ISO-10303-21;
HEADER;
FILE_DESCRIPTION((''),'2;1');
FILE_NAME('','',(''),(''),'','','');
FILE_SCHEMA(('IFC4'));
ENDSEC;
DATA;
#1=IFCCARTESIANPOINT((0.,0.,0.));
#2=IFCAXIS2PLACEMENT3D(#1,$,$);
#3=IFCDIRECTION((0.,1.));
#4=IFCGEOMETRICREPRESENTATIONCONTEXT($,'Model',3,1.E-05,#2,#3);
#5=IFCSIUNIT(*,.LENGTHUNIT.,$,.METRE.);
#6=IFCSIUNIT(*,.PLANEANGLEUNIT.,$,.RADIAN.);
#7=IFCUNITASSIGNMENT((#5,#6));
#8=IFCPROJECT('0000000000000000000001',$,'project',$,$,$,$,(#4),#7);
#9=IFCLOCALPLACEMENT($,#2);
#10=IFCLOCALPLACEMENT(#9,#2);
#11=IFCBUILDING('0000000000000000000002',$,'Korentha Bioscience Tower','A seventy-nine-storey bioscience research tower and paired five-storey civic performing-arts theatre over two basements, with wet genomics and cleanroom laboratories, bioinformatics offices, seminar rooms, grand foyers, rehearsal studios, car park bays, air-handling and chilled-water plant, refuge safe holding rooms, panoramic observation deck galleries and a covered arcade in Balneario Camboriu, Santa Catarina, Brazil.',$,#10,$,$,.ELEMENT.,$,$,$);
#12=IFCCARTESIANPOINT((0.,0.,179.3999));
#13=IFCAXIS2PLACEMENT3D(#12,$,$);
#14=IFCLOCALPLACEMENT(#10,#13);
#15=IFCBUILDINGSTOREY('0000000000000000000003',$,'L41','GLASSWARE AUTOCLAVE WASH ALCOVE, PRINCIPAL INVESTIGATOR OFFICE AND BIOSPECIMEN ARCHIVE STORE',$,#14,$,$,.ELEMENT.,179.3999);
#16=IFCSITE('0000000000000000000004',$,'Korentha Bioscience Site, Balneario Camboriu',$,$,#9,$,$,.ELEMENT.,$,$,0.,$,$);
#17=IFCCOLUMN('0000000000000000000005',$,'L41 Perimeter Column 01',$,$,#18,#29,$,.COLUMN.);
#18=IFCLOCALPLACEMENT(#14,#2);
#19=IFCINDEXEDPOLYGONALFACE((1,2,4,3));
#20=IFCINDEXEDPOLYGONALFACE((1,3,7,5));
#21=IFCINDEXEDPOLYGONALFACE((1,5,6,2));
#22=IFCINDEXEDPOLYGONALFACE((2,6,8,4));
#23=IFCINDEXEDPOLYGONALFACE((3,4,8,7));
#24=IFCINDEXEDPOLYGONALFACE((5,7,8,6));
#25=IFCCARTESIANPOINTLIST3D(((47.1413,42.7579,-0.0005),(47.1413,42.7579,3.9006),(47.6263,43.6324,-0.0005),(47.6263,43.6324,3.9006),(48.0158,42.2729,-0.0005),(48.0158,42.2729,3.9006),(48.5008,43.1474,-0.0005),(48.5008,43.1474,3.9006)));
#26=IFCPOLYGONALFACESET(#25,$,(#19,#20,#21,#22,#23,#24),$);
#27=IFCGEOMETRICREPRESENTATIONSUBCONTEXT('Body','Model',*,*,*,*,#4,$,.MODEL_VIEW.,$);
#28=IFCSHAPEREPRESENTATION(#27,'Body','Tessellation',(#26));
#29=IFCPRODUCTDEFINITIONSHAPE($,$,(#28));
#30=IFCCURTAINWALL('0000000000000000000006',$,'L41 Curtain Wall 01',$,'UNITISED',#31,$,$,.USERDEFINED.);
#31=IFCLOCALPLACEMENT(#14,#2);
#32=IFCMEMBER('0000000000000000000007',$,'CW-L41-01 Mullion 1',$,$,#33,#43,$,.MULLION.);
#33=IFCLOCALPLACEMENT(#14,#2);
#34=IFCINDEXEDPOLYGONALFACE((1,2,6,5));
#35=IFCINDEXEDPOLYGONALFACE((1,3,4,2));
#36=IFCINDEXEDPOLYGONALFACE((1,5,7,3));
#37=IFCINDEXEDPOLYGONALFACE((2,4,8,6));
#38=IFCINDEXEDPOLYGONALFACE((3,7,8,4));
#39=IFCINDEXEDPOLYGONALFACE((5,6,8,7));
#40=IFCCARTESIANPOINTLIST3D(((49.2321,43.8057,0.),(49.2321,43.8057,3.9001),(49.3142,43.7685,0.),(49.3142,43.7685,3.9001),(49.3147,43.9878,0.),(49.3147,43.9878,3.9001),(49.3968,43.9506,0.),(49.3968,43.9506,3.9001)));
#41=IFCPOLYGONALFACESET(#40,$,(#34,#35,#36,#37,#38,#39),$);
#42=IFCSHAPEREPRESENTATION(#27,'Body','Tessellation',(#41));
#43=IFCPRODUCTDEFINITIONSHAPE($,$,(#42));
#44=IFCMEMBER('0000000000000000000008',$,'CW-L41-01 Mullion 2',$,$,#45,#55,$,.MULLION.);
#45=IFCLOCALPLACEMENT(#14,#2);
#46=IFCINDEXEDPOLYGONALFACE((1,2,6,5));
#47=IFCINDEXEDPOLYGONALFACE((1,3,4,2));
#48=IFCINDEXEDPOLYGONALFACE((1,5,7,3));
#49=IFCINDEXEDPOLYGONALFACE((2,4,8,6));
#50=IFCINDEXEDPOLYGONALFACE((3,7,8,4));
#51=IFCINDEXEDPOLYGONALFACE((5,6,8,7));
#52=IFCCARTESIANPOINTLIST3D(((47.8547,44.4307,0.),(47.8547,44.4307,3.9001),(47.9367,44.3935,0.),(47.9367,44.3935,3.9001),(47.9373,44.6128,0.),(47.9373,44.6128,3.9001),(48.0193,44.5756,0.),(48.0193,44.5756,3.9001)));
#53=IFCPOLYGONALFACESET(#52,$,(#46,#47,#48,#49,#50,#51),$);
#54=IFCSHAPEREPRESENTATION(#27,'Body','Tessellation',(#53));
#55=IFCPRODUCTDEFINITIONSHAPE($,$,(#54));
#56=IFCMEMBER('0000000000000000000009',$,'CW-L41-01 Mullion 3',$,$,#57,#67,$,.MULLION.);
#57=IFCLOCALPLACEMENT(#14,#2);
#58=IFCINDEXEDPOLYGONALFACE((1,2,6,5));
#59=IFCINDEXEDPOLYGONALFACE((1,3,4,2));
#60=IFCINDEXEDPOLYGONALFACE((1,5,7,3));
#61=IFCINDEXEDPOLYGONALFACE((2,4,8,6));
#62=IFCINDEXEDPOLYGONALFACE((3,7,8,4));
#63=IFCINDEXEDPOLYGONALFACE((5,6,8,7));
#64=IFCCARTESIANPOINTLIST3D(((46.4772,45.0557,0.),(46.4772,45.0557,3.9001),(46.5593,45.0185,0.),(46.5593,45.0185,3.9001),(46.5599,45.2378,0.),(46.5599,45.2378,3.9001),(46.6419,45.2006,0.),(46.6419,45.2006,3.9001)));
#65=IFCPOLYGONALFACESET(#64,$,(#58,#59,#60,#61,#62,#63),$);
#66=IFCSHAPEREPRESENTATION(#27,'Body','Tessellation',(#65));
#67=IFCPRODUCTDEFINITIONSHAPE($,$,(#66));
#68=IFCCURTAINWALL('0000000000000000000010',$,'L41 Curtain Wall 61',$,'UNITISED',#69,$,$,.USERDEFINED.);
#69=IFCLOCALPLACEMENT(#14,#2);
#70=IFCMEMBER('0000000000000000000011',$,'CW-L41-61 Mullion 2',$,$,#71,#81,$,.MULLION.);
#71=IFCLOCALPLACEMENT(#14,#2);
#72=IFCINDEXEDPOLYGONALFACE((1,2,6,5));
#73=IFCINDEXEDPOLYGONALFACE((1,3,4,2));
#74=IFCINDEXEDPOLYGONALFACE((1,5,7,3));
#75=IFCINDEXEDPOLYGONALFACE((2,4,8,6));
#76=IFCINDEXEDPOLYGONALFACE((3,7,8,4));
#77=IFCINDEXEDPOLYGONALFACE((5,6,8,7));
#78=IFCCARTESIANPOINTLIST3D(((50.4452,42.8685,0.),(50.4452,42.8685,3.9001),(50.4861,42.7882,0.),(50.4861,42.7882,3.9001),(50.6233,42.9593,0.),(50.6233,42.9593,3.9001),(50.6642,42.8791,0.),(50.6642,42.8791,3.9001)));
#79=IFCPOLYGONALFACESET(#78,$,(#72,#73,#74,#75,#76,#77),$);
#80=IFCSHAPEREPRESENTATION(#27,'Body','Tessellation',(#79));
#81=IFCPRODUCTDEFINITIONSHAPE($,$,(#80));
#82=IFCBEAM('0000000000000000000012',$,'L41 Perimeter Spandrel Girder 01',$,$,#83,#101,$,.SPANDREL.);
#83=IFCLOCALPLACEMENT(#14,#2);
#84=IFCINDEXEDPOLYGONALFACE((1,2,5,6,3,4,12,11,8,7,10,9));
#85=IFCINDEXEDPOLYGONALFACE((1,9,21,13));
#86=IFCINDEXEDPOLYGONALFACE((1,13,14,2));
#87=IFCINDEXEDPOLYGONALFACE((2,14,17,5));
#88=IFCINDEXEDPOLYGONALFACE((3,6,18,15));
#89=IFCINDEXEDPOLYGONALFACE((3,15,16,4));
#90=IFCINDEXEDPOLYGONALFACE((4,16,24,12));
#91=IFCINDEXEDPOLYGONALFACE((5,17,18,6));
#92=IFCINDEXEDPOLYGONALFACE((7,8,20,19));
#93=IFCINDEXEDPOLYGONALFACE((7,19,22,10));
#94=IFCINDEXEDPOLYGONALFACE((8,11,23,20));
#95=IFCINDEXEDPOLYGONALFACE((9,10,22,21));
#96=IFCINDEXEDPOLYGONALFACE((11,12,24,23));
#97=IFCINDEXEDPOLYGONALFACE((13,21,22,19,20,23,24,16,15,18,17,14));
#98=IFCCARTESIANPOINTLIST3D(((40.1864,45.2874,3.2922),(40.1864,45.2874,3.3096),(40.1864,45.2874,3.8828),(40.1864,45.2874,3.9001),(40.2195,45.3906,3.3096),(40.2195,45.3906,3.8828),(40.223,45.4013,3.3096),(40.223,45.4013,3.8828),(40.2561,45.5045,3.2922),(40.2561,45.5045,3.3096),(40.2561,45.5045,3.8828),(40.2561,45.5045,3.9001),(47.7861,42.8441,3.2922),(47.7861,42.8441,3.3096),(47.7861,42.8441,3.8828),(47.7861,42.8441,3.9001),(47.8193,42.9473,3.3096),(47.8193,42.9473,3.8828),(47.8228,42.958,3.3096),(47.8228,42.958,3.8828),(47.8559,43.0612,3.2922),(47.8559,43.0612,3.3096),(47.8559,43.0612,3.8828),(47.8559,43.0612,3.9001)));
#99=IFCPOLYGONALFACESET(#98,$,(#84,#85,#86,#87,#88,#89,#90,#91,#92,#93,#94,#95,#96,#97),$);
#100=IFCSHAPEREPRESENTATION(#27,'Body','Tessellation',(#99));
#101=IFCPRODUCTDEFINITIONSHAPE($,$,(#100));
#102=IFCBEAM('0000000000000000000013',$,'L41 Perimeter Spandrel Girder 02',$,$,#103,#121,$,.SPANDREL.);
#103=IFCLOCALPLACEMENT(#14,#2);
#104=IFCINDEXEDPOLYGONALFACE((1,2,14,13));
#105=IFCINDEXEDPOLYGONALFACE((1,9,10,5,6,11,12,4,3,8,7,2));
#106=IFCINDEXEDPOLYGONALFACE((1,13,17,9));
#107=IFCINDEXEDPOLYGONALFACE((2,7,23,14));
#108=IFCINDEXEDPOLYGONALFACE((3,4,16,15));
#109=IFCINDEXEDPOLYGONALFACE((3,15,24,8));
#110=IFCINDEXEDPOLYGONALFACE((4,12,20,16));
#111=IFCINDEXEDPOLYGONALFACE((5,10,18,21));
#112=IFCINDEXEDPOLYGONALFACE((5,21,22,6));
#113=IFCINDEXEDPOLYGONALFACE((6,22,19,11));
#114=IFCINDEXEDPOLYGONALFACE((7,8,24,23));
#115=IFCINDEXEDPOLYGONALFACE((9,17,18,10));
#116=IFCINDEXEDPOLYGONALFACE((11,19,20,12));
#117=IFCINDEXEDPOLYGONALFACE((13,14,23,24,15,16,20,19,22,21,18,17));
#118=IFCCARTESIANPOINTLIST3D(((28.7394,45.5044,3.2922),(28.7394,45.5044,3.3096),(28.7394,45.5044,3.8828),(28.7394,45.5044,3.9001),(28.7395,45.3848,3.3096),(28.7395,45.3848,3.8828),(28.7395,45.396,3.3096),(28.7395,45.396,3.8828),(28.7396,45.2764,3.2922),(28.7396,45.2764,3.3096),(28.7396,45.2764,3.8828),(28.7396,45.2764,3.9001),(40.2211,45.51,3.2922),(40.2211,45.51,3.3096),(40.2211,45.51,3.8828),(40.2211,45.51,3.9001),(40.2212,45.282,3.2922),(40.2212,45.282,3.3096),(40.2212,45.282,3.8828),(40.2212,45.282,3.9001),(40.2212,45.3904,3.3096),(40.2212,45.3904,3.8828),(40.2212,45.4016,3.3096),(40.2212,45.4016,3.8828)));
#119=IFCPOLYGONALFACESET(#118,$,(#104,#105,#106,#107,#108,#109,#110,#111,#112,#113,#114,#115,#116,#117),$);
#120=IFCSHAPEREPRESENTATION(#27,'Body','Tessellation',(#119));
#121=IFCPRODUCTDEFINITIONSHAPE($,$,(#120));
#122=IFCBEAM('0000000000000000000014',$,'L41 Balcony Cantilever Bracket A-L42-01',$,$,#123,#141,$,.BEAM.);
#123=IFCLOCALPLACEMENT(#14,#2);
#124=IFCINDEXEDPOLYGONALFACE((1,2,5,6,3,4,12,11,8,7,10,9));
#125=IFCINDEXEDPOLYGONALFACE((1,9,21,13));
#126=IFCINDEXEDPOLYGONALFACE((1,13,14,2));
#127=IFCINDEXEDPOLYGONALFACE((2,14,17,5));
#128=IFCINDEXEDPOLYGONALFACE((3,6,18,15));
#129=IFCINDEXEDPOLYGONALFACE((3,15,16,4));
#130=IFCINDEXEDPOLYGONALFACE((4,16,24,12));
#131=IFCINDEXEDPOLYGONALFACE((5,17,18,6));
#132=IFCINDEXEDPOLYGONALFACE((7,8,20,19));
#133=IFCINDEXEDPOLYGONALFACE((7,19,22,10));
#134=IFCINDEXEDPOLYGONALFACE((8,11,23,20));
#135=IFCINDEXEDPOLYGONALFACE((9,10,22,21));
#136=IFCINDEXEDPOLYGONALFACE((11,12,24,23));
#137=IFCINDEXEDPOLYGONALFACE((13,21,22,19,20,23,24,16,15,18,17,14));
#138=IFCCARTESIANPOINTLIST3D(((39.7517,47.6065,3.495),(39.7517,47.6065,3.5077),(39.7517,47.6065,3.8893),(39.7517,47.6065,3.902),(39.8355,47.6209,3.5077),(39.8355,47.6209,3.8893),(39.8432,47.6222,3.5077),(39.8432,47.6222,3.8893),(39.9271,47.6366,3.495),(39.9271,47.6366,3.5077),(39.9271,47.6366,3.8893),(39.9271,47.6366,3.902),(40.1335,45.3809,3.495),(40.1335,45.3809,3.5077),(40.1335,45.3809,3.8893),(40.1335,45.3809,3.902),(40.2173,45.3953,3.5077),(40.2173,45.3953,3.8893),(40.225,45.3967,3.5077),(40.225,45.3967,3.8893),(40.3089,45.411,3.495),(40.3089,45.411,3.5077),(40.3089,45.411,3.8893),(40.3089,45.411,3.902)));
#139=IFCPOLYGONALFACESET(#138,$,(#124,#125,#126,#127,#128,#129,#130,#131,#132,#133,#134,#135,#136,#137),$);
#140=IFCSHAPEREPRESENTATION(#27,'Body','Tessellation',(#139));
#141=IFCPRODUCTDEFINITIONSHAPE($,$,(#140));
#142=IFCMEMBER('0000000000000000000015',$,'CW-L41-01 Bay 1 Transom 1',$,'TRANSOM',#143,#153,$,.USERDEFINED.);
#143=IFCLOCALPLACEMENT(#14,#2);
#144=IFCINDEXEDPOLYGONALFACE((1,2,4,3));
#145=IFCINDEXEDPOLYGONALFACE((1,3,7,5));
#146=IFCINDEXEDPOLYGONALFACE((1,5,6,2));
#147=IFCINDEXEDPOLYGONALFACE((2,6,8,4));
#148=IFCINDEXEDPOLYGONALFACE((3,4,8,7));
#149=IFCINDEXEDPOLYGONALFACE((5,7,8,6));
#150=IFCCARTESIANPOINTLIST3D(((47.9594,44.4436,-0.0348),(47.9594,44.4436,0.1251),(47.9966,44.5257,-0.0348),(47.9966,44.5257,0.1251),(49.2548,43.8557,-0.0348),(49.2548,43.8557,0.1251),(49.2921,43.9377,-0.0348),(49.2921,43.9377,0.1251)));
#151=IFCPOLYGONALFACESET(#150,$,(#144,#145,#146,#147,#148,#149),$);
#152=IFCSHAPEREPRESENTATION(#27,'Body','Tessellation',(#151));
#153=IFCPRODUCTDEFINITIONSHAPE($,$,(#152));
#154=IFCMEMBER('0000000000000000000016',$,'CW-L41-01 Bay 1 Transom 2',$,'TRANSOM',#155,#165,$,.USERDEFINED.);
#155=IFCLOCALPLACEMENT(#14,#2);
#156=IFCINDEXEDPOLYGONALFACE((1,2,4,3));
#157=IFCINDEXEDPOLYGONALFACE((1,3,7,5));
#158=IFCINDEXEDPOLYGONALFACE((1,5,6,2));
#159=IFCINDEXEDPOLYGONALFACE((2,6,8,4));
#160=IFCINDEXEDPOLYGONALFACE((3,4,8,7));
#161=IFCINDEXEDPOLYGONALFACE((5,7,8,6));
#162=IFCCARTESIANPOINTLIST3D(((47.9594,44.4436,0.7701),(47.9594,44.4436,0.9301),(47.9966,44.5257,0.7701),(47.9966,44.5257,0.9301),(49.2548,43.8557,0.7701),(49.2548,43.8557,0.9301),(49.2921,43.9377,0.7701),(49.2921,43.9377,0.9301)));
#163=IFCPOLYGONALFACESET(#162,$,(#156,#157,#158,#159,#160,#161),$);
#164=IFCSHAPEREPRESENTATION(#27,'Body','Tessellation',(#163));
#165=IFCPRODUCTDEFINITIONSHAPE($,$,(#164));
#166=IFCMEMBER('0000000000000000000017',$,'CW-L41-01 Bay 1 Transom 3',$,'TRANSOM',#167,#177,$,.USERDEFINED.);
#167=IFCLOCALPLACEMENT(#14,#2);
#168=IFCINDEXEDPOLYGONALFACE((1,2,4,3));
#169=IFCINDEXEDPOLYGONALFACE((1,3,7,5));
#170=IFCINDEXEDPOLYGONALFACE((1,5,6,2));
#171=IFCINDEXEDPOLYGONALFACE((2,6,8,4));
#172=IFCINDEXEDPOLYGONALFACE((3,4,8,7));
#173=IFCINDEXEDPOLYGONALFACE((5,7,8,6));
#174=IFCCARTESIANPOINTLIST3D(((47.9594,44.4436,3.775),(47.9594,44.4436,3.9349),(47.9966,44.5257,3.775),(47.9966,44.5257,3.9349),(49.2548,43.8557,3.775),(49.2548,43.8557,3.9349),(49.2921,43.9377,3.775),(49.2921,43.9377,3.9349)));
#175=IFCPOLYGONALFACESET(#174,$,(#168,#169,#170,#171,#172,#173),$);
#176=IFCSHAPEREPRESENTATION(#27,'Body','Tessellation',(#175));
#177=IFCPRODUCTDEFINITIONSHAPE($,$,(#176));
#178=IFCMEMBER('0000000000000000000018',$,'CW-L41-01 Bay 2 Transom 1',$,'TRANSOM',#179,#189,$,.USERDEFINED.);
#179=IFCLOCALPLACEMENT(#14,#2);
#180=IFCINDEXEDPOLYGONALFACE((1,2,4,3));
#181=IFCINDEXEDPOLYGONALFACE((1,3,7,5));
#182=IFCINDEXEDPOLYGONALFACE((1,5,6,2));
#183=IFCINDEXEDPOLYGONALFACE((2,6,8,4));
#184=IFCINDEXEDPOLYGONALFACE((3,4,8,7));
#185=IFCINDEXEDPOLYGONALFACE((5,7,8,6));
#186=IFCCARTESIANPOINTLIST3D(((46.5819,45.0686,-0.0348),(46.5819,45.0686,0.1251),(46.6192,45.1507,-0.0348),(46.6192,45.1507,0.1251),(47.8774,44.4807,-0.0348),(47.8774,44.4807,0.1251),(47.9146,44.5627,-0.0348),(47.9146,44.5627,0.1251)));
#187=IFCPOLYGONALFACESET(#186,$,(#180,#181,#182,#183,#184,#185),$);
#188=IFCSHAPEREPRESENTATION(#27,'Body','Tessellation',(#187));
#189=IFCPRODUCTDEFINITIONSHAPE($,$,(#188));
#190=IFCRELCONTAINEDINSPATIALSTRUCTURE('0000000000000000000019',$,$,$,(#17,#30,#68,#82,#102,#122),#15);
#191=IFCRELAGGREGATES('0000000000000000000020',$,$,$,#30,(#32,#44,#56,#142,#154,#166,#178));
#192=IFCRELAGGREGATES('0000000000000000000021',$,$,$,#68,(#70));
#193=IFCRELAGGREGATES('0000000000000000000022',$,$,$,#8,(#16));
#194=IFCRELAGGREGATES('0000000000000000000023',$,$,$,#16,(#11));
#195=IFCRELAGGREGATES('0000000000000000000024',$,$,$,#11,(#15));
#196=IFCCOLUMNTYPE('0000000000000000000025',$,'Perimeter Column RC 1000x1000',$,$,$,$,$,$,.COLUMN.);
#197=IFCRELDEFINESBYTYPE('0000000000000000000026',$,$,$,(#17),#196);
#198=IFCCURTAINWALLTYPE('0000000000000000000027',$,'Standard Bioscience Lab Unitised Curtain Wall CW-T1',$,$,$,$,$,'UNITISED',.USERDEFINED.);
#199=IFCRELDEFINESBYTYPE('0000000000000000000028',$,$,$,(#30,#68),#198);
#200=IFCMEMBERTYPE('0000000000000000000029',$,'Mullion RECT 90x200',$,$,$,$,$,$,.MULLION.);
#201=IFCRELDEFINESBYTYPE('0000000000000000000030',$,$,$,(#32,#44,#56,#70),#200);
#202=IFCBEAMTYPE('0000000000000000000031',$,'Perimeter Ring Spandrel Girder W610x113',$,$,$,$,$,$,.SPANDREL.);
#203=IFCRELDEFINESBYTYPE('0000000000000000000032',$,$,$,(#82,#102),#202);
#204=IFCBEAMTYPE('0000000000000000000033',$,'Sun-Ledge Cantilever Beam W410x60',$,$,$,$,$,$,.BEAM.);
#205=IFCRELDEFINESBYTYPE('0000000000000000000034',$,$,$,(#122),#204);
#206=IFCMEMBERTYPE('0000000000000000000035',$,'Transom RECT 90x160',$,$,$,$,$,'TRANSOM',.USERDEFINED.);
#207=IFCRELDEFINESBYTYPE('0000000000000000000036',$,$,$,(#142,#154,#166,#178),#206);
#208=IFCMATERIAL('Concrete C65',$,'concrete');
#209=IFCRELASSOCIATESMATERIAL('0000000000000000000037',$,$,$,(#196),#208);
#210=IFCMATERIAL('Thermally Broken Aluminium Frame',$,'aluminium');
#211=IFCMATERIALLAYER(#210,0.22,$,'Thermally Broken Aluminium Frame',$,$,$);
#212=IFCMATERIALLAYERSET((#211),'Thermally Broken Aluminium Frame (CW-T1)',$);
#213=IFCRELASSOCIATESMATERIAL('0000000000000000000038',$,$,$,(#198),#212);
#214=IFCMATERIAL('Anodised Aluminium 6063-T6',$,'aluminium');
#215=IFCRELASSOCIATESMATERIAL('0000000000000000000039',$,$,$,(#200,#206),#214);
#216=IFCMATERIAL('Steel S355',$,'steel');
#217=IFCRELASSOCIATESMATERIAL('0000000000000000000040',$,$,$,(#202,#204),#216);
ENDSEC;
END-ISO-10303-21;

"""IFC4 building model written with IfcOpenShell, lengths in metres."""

from ifc_helpers import new_model, si_unit, direction, frame, origin, origin_2d, place, context, subcontext, project, spatial, rectangle, i_section, extrude, material, layer, layer_set, material_profile, profile_set, type_object, element, aggregate, save


model = new_model("IFC4")

# Units and contexts
model_context = context("Model", 3, precision=1e-05, world=origin(), true_north=direction((0.0, 1.0)))
body_context = subcontext(model_context, "Body", "Model", "MODEL_VIEW")
ifc_project = project(units=[si_unit("LENGTHUNIT", "METRE"), si_unit("PLANEANGLEUNIT", "RADIAN")], contexts=[model_context])

# Site, building, storey
site_placement = place(None, origin())
site = spatial("IfcSite", under=ifc_project, at=site_placement, Name="Korentha Bioscience Site, Balneario Camboriu", CompositionType="ELEMENT", RefElevation=0.0)
building_placement = place(site_placement, origin())
building = spatial("IfcBuilding", under=site, at=building_placement, Name="Korentha Bioscience Tower", Description="A seventy-nine-storey bioscience research tower and paired five-storey civic performing-arts theatre over two basements, with wet genomics and cleanroom laboratories, bioinformatics offices, seminar rooms, grand foyers, rehearsal studios, car park bays, air-handling and chilled-water plant, refuge safe holding rooms, panoramic observation deck galleries and a covered arcade in Balneario Camboriu, Santa Catarina, Brazil.", CompositionType="ELEMENT")
storey_placement = place(building_placement, frame((0.0, 0.0, 179.3999)))
storey = spatial("IfcBuildingStorey", under=building, at=storey_placement, Name="L41", Description="GLASSWARE AUTOCLAVE WASH ALCOVE, PRINCIPAL INVESTIGATOR OFFICE AND BIOSPECIMEN ARCHIVE STORE", CompositionType="ELEMENT", Elevation=179.3999)

# Column
ifc_material_1 = material(Name="Concrete C65", Category="concrete")
ifc_material_profile_1 = material_profile(ifc_material_1, rectangle(XDim=1.0, YDim=1.0, at=origin_2d()), Name="Concrete C65")
ifc_profile_set_1 = profile_set([ifc_material_profile_1], Name="Concrete C65 (COL-P10)")
column_type = type_object("IfcColumnType", Name="Perimeter Column RC 1000x1000", PredefinedType="COLUMN", material=ifc_profile_set_1)
column_placement = place(storey_placement, frame((47.821, 42.9526, -0.0005), z_axis=(0.0, 0.0, 1.0), x_axis=(-0.874535, 0.484962, 0.0)))
element("IfcColumn", 1, at=column_placement, inside=storey, type_object=column_type, Name="L41 Perimeter Column 01", PredefinedType="COLUMN", context=body_context, shape_type="SweptSolid", body=[
    extrude(rectangle(XDim=1.0, YDim=1.0, at=origin_2d()), origin(), (0.0, 0.0, 1.0), 3.9011),
])

# Curtain wall, members
ifc_material_2 = material(Name="Thermally Broken Aluminium Frame", Category="aluminium")
ifc_layer_1 = layer(ifc_material_2, 0.22, Name="Thermally Broken Aluminium Frame")
ifc_layer_set_1 = layer_set([ifc_layer_1], Name="Thermally Broken Aluminium Frame (CW-T1)")
curtain_wall_type = type_object("IfcCurtainWallType", Name="Standard Bioscience Lab Unitised Curtain Wall CW-T1", ElementType="UNITISED", PredefinedType="USERDEFINED", material=ifc_layer_set_1)
curtain_wall_1_placement = place(storey_placement, origin())
curtain_wall_1 = element("IfcCurtainWall", 2, at=curtain_wall_1_placement, inside=storey, type_object=curtain_wall_type, Name="L41 Curtain Wall 01", ObjectType="UNITISED", PredefinedType="USERDEFINED")
ifc_material_3 = material(Name="Anodised Aluminium 6063-T6", Category="aluminium")
ifc_material_profile_2 = material_profile(ifc_material_3, rectangle(XDim=0.0901, YDim=0.2, at=origin_2d()), Name="Anodised Aluminium 6063-T6")
ifc_profile_set_2 = profile_set([ifc_material_profile_2], Name="Anodised Aluminium 6063-T6 (CW-MUL)")
member_type_1 = type_object("IfcMemberType", Name="Mullion RECT 90x200", PredefinedType="MULLION", material=ifc_profile_set_2)
member_1_placement = place(storey_placement, frame((49.3145, 43.8782, 0.0), z_axis=(0.0, 0.0, 1.0), x_axis=(-0.910644, 0.413191, 0.0)))
member_1 = element("IfcMember", 3, at=member_1_placement, type_object=member_type_1, Name="CW-L41-01 Mullion 1", PredefinedType="MULLION", context=body_context, shape_type="SweptSolid", body=[
    extrude(rectangle(XDim=0.0901, YDim=0.2, at=origin_2d()), origin(), (0.0, 0.0, 1.0), 3.9001),
])
member_2_placement = place(storey_placement, frame((47.937, 44.5032, 0.0), z_axis=(0.0, 0.0, 1.0), x_axis=(-0.910644, 0.413191, 0.0)))
member_2 = element("IfcMember", 4, at=member_2_placement, type_object=member_type_1, Name="CW-L41-01 Mullion 2", PredefinedType="MULLION", context=body_context, shape_type="SweptSolid", body=[
    extrude(rectangle(XDim=0.0901, YDim=0.2, at=origin_2d()), origin(), (0.0, 0.0, 1.0), 3.9001),
])
member_3_placement = place(storey_placement, frame((46.5596, 45.1282, 0.0), z_axis=(0.0, 0.0, 1.0), x_axis=(-0.910644, 0.413191, 0.0)))
member_3 = element("IfcMember", 5, at=member_3_placement, type_object=member_type_1, Name="CW-L41-01 Mullion 3", PredefinedType="MULLION", context=body_context, shape_type="SweptSolid", body=[
    extrude(rectangle(XDim=0.0901, YDim=0.2, at=origin_2d()), origin(), (0.0, 0.0, 1.0), 3.9001),
])

# Curtain wall, member
curtain_wall_2_placement = place(storey_placement, origin())
curtain_wall_2 = element("IfcCurtainWall", 6, at=curtain_wall_2_placement, inside=storey, type_object=curtain_wall_type, Name="L41 Curtain Wall 61", ObjectType="UNITISED", PredefinedType="USERDEFINED")
member_4_placement = place(storey_placement, frame((50.5547, 42.8738, 0.0), z_axis=(0.0, 0.0, 1.0), x_axis=(-0.454288, 0.890855, 0.0)))
member_4 = element("IfcMember", 7, at=member_4_placement, type_object=member_type_1, Name="CW-L41-61 Mullion 2", PredefinedType="MULLION", context=body_context, shape_type="SweptSolid", body=[
    extrude(rectangle(XDim=0.0901, YDim=0.2, at=origin_2d()), origin(), (0.0, 0.0, 1.0), 3.9001),
])

# Beams
ifc_material_4 = material(Name="Steel S355", Category="steel")
ifc_material_profile_3 = material_profile(ifc_material_4, i_section(OverallWidth=0.228, OverallDepth=0.6079, WebThickness=0.0112, FlangeThickness=0.0173, at=origin_2d()), Name="Steel S355")
ifc_profile_set_3 = profile_set([ifc_material_profile_3], Name="Steel S355 (SB-610)")
beam_type_1 = type_object("IfcBeamType", Name="Perimeter Ring Spandrel Girder W610x113", PredefinedType="SPANDREL", material=ifc_profile_set_3)
beam_1_placement = place(storey_placement, frame((47.821, 42.9526, 3.5962), z_axis=(-0.952009, 0.306072, 0.0), x_axis=(-0.306072, -0.952009, 0.0)))
element("IfcBeam", 8, at=beam_1_placement, inside=storey, type_object=beam_type_1, Name="L41 Perimeter Spandrel Girder 01", PredefinedType="SPANDREL", context=body_context, shape_type="SweptSolid", body=[
    extrude(i_section(OverallWidth=0.228, OverallDepth=0.6079, WebThickness=0.0112, FlangeThickness=0.0173, at=origin_2d()), origin(), (0.0, 0.0, 1.0), 7.9829),
])
beam_2_placement = place(storey_placement, frame((40.2212, 45.396, 3.5962), z_axis=(-1.0, -0.000489, 0.0), x_axis=(0.000489, -1.0, 0.0)))
element("IfcBeam", 9, at=beam_2_placement, inside=storey, type_object=beam_type_1, Name="L41 Perimeter Spandrel Girder 02", PredefinedType="SPANDREL", context=body_context, shape_type="SweptSolid", body=[
    extrude(i_section(OverallWidth=0.228, OverallDepth=0.6079, WebThickness=0.0112, FlangeThickness=0.0173, at=origin_2d()), origin(), (0.0, 0.0, 1.0), 11.4817),
])
ifc_material_profile_4 = material_profile(ifc_material_4, i_section(OverallWidth=0.178, OverallDepth=0.407, WebThickness=0.0078, FlangeThickness=0.0127, at=origin_2d()), Name="Steel S355")
ifc_profile_set_4 = profile_set([ifc_material_profile_4], Name="Steel S355 (CB-410)")
beam_type_2 = type_object("IfcBeamType", Name="Sun-Ledge Cantilever Beam W410x60", PredefinedType="BEAM", material=ifc_profile_set_4)
beam_3_placement = place(storey_placement, frame((40.2212, 45.396, 3.6985), z_axis=(-0.169096, 0.9856, 0.0), x_axis=(-0.9856, -0.169096, 0.0)))
element("IfcBeam", 10, at=beam_3_placement, inside=storey, type_object=beam_type_2, Name="L41 Balcony Cantilever Bracket A-L42-01", PredefinedType="BEAM", context=body_context, shape_type="SweptSolid", body=[
    extrude(i_section(OverallWidth=0.178, OverallDepth=0.407, WebThickness=0.0078, FlangeThickness=0.0127, at=origin_2d()), origin(), (0.0, 0.0, 1.0), 2.2581),
])

# Members
ifc_material_profile_5 = material_profile(ifc_material_3, rectangle(XDim=0.0901, YDim=0.1599, at=origin_2d()), Name="Anodised Aluminium 6063-T6")
ifc_profile_set_5 = profile_set([ifc_material_profile_5], Name="Anodised Aluminium 6063-T6 (CW-TRN)")
member_type_2 = type_object("IfcMemberType", Name="Transom RECT 90x160", ElementType="TRANSOM", PredefinedType="USERDEFINED", material=ifc_profile_set_5)
member_5_placement = place(storey_placement, frame((49.2734, 43.8967, 0.0452), z_axis=(-0.910613, 0.41326, 0.0), x_axis=(-0.41326, -0.910613, 0.0)))
member_5 = element("IfcMember", 11, at=member_5_placement, type_object=member_type_2, Name="CW-L41-01 Bay 1 Transom 1", ObjectType="TRANSOM", PredefinedType="USERDEFINED", context=body_context, shape_type="SweptSolid", body=[
    extrude(rectangle(XDim=0.0901, YDim=0.1599, at=origin_2d()), origin(), (0.0, 0.0, 1.0), 1.4226),
])
member_6_placement = place(storey_placement, frame((49.2734, 43.8967, 0.8501), z_axis=(-0.910613, 0.41326, 0.0), x_axis=(-0.41326, -0.910613, 0.0)))
member_6 = element("IfcMember", 12, at=member_6_placement, type_object=member_type_2, Name="CW-L41-01 Bay 1 Transom 2", ObjectType="TRANSOM", PredefinedType="USERDEFINED", context=body_context, shape_type="SweptSolid", body=[
    extrude(rectangle(XDim=0.0901, YDim=0.1599, at=origin_2d()), origin(), (0.0, 0.0, 1.0), 1.4226),
])
member_7_placement = place(storey_placement, frame((49.2734, 43.8967, 3.855), z_axis=(-0.910613, 0.41326, 0.0), x_axis=(-0.41326, -0.910613, 0.0)))
member_7 = element("IfcMember", 13, at=member_7_placement, type_object=member_type_2, Name="CW-L41-01 Bay 1 Transom 3", ObjectType="TRANSOM", PredefinedType="USERDEFINED", context=body_context, shape_type="SweptSolid", body=[
    extrude(rectangle(XDim=0.0901, YDim=0.1599, at=origin_2d()), origin(), (0.0, 0.0, 1.0), 1.4226),
])
member_8_placement = place(storey_placement, frame((47.896, 44.5217, 0.0452), z_axis=(-0.910613, 0.41326, 0.0), x_axis=(-0.41326, -0.910613, 0.0)))
member_8 = element("IfcMember", 14, at=member_8_placement, type_object=member_type_2, Name="CW-L41-01 Bay 2 Transom 1", ObjectType="TRANSOM", PredefinedType="USERDEFINED", context=body_context, shape_type="SweptSolid", body=[
    extrude(rectangle(XDim=0.0901, YDim=0.1599, at=origin_2d()), origin(), (0.0, 0.0, 1.0), 1.4226),
])

aggregate(curtain_wall_1, [member_1, member_2, member_3, member_5, member_6, member_7, member_8])
aggregate(curtain_wall_2, [member_4])

save(model, "model.ifc")
